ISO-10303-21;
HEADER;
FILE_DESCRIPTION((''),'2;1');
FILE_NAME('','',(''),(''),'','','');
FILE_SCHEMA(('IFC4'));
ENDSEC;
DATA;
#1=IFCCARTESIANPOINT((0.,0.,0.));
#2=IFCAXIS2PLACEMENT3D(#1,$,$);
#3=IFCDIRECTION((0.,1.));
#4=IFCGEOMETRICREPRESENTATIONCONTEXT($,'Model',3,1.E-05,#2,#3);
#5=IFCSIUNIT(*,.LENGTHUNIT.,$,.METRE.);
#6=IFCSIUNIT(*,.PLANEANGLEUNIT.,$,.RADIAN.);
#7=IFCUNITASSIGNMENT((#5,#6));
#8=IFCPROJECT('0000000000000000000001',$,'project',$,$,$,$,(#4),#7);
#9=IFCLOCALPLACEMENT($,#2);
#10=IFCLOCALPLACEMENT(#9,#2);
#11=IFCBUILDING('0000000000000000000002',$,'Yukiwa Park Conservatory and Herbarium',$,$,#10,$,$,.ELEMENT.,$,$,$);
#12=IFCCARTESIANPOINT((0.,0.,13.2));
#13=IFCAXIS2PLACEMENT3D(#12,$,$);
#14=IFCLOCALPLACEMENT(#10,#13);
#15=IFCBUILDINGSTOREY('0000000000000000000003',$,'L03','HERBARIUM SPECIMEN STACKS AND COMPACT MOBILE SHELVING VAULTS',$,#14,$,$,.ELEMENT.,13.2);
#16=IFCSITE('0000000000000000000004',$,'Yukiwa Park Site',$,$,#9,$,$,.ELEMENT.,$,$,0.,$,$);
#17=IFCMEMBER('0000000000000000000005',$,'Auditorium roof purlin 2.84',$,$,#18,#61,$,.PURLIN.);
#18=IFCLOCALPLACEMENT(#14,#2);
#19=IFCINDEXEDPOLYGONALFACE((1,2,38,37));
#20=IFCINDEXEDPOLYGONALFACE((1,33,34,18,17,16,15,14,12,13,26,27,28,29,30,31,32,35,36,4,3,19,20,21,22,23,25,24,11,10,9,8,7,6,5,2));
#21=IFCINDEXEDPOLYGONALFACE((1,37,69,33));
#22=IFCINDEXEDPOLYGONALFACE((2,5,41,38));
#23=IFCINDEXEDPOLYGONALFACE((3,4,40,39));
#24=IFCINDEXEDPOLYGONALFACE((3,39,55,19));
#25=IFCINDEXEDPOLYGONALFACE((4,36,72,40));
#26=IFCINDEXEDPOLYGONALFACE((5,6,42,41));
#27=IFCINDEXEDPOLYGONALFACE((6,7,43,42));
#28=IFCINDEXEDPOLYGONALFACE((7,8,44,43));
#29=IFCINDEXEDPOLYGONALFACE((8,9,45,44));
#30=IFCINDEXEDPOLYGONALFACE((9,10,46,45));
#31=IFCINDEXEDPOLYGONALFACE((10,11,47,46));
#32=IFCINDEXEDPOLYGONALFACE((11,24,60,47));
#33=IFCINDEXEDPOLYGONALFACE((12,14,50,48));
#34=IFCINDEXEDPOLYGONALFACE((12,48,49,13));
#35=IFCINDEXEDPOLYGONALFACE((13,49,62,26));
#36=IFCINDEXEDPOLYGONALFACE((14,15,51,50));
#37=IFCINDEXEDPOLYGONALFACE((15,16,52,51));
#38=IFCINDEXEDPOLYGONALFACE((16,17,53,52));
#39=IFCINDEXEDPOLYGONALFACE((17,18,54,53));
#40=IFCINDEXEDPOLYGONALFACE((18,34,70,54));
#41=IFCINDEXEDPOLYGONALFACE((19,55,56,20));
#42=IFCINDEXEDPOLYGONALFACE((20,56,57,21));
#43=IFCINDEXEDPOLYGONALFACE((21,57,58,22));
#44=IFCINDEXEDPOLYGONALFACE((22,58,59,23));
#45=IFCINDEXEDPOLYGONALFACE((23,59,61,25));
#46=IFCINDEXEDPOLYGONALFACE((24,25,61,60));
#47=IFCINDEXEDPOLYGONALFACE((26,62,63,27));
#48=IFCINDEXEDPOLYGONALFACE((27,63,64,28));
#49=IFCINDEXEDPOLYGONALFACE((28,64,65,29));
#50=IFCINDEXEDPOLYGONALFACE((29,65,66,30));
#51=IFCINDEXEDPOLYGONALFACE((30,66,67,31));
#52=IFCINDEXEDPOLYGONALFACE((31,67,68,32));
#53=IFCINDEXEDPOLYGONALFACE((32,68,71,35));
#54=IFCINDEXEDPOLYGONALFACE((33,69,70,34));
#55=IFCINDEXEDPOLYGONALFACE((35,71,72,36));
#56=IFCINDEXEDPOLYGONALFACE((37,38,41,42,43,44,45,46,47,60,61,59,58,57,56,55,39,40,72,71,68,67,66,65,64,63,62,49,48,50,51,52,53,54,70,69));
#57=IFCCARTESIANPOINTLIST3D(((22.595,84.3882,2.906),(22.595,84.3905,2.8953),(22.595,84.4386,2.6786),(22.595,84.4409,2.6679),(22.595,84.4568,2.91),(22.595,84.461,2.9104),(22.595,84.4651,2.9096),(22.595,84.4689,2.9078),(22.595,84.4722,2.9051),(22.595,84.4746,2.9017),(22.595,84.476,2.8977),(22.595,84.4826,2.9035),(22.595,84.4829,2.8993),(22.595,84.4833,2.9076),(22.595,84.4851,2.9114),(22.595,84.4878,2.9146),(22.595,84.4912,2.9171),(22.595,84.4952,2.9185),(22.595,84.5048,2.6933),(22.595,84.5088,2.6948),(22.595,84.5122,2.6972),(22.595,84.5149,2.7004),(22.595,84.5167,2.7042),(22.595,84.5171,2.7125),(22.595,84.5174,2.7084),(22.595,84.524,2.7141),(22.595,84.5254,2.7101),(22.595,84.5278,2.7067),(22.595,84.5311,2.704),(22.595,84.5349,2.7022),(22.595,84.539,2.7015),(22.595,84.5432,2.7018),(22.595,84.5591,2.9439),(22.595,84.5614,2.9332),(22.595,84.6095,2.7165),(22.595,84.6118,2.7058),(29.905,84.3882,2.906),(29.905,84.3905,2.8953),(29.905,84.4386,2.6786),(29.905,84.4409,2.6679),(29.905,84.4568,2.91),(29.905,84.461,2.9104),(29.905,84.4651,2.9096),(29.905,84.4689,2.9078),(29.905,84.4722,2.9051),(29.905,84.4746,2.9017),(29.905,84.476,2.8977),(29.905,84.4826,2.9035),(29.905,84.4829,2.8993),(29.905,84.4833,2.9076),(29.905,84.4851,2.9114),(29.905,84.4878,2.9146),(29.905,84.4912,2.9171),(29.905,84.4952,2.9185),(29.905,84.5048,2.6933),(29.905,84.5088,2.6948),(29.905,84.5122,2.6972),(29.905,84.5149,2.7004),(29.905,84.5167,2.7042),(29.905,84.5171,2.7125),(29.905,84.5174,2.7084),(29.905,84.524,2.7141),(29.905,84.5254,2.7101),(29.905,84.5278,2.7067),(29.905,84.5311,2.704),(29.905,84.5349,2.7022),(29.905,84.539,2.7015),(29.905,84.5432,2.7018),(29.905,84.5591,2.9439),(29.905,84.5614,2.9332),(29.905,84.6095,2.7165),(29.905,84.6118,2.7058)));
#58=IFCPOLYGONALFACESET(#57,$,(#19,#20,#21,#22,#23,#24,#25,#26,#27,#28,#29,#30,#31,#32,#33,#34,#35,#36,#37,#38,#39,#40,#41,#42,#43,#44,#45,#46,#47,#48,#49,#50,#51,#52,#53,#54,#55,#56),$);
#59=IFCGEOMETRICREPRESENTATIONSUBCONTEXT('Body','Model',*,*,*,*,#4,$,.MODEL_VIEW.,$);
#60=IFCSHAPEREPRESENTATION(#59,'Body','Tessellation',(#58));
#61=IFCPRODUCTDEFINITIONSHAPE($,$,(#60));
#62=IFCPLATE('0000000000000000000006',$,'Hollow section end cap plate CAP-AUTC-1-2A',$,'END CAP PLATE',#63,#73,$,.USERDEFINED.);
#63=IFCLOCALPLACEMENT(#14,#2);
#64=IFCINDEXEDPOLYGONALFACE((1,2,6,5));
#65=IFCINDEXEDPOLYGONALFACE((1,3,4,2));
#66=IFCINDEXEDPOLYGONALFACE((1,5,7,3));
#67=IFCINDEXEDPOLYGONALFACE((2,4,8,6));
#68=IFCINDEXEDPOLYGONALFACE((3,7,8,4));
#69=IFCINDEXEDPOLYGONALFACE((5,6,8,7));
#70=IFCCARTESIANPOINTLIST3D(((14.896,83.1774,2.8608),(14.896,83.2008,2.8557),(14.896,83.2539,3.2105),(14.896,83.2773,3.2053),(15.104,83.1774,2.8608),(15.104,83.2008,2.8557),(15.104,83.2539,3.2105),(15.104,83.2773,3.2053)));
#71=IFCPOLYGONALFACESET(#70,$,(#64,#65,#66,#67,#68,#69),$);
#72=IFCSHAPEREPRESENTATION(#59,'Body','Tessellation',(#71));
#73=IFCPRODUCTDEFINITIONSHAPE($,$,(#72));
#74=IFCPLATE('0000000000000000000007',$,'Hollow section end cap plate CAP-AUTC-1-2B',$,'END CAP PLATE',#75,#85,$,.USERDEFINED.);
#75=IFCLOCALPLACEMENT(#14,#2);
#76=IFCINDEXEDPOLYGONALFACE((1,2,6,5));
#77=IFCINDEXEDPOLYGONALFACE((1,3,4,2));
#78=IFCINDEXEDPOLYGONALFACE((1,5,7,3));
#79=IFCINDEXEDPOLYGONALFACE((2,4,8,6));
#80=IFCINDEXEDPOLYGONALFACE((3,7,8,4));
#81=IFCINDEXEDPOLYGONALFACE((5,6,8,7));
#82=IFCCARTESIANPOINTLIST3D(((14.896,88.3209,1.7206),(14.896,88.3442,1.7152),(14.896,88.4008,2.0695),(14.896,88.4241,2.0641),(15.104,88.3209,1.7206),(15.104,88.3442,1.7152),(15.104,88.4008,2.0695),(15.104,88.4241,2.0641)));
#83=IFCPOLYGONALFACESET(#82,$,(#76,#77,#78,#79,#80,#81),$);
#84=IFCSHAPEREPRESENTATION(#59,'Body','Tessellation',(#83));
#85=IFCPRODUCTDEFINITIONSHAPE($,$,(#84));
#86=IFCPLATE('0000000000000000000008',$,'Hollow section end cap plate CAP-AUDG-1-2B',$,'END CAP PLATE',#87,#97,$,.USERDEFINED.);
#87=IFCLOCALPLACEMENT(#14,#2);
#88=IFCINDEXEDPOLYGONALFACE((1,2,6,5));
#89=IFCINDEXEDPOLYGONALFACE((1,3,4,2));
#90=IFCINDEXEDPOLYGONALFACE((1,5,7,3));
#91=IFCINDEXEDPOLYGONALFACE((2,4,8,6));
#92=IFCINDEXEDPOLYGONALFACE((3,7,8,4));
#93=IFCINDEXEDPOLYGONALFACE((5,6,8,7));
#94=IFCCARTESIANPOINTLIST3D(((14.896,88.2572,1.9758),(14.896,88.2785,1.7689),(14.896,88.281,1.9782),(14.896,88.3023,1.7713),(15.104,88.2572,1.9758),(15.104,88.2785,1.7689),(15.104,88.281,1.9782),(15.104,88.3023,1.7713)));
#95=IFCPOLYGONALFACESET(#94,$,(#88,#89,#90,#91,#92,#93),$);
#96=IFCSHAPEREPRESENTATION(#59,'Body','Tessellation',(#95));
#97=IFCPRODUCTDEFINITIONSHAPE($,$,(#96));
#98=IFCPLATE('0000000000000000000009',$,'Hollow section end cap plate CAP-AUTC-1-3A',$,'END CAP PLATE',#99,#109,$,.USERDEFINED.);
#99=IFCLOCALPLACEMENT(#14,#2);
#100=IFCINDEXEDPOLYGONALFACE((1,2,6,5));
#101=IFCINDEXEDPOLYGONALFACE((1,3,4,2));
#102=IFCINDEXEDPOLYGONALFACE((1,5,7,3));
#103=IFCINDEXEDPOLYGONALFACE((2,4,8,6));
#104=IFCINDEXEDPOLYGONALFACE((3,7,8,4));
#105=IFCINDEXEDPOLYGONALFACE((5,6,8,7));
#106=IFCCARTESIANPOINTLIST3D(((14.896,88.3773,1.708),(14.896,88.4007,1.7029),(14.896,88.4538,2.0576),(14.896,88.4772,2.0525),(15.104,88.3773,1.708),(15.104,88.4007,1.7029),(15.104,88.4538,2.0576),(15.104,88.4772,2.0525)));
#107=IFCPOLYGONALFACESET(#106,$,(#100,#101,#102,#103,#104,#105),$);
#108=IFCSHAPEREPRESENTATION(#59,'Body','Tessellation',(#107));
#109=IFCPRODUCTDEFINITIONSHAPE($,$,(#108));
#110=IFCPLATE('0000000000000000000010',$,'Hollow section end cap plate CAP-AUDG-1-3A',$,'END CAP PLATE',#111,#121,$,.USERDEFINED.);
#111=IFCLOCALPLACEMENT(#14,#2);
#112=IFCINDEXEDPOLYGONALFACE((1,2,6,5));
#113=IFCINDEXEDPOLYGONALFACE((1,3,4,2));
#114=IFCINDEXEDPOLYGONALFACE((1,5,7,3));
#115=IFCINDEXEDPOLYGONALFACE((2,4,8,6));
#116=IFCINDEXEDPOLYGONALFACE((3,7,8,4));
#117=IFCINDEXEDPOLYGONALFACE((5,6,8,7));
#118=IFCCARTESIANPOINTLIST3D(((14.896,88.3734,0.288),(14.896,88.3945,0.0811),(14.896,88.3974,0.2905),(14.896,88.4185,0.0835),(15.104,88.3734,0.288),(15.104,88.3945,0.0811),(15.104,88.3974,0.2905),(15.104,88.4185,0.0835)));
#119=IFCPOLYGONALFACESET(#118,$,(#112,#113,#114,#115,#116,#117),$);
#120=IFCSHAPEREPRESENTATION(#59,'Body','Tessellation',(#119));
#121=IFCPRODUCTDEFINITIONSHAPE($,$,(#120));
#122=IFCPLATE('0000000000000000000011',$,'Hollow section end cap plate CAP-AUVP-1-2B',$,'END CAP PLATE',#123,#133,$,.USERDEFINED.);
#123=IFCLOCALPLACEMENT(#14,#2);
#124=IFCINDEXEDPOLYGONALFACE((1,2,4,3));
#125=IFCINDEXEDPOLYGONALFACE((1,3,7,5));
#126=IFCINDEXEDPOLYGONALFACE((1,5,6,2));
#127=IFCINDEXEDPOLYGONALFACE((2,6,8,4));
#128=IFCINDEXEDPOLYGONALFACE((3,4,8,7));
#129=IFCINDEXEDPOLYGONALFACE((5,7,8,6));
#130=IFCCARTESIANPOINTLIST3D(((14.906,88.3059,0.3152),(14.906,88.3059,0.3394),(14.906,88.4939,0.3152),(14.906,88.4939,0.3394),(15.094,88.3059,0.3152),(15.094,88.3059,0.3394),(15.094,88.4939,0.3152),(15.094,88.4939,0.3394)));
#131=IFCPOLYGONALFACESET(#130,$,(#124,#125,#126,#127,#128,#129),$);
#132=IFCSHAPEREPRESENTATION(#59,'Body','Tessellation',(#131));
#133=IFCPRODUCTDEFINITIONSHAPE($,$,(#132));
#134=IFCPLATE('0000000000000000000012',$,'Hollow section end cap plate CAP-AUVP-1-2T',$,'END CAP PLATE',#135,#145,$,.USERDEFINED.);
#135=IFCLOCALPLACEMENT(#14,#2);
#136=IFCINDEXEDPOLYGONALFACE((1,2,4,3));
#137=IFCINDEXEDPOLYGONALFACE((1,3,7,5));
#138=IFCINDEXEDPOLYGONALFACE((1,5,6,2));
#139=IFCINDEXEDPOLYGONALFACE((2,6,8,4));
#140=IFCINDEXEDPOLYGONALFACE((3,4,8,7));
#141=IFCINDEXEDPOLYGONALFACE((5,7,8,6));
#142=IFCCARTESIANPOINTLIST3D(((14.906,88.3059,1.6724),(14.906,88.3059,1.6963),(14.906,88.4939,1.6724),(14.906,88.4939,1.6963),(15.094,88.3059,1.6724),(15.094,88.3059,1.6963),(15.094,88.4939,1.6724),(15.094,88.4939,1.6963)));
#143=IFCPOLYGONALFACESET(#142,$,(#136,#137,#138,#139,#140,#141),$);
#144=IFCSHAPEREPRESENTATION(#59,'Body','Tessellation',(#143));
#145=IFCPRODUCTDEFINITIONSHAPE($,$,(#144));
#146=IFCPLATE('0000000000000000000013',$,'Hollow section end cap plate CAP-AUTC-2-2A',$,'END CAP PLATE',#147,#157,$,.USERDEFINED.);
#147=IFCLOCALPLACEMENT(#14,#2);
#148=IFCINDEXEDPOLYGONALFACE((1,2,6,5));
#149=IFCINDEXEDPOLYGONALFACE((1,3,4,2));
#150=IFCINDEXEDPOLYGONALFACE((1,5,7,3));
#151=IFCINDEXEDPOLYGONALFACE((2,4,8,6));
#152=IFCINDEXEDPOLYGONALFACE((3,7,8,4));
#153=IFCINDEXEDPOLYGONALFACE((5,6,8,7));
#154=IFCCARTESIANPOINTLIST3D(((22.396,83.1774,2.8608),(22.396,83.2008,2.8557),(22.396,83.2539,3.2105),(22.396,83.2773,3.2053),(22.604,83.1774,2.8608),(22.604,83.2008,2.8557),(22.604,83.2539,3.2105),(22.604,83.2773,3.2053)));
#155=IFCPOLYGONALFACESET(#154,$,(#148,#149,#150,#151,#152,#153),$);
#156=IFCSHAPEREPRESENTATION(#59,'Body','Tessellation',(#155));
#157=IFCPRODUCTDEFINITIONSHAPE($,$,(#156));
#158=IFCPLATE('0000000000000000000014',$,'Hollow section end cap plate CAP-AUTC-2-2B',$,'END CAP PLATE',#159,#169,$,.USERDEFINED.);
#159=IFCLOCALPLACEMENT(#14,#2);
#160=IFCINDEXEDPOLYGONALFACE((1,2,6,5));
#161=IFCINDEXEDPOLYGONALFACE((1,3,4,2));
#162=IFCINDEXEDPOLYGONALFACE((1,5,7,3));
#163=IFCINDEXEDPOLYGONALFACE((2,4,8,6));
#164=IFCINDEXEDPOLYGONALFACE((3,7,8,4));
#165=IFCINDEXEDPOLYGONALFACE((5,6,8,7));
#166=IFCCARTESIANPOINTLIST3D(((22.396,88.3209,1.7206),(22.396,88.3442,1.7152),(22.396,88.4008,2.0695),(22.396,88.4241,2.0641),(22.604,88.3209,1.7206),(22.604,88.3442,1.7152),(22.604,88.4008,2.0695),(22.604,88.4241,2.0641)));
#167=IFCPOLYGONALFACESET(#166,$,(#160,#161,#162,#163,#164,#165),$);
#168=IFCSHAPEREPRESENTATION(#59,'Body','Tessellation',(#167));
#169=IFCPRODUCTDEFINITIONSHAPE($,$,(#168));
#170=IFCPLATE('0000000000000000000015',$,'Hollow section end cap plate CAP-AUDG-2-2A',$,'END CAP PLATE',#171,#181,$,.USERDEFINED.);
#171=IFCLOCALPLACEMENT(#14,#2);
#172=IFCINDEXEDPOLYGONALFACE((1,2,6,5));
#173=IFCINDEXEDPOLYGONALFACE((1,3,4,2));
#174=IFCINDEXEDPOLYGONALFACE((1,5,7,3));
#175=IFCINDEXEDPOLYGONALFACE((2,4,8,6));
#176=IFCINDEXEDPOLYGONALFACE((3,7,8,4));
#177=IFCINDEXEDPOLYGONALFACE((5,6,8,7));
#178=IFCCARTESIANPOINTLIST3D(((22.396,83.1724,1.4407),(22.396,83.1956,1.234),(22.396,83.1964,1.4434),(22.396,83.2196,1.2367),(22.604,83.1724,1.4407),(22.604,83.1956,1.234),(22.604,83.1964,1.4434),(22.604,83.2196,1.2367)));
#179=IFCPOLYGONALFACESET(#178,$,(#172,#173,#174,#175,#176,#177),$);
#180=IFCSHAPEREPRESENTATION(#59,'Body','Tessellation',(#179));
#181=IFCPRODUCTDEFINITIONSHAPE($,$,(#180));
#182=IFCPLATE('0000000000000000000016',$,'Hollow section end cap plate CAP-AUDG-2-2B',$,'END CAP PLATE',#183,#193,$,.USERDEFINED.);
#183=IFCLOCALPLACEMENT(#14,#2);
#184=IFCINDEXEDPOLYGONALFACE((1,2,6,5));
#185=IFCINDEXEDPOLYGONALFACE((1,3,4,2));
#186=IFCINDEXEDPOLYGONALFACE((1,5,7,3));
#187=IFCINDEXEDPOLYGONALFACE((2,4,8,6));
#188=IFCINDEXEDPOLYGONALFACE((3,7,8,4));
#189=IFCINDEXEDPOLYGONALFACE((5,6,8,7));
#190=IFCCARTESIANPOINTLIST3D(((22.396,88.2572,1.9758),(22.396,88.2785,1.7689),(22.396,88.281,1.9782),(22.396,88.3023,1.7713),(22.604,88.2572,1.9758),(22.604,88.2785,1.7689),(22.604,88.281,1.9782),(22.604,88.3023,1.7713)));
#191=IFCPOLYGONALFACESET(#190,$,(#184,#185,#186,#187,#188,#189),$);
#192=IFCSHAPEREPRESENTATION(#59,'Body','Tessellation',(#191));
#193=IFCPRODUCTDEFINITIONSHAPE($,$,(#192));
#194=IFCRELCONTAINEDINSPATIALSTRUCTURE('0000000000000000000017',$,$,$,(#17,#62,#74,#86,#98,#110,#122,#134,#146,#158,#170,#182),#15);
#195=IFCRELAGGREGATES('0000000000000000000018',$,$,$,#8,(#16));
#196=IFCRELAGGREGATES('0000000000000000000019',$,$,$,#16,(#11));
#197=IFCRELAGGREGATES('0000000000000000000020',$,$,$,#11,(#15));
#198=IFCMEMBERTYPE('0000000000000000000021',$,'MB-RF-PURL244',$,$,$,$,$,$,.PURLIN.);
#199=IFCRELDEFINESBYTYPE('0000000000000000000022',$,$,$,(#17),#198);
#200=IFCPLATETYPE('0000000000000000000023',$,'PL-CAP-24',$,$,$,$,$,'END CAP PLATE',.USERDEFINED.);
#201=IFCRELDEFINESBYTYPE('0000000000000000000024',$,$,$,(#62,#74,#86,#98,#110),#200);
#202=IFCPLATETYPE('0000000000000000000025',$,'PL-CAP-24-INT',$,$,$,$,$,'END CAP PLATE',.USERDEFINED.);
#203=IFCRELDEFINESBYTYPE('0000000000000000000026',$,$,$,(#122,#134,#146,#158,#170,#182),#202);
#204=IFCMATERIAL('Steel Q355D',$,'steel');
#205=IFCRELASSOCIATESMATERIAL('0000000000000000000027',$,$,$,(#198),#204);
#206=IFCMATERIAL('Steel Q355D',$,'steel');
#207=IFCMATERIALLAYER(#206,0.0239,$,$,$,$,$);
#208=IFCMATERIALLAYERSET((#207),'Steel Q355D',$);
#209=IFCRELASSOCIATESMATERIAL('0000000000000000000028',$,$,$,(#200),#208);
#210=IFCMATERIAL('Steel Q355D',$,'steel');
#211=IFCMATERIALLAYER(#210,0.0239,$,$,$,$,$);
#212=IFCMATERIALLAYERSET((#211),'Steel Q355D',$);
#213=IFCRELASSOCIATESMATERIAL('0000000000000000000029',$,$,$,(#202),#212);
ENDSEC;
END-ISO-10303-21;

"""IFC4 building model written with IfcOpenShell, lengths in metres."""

from ifc_helpers import new_model, si_unit, direction, frame, origin, origin_2d, place, context, subcontext, project, spatial, rectangle, i_section, extrude, material, layer, layer_set, material_profile, profile_set, type_object, element, save


model = new_model("IFC4")

# Units and contexts
model_context = context("Model", 3, precision=1e-05, world=origin(), true_north=direction((0.0, 1.0)))
body_context = subcontext(model_context, "Body", "Model", "MODEL_VIEW")
ifc_project = project(units=[si_unit("LENGTHUNIT", "METRE"), si_unit("PLANEANGLEUNIT", "RADIAN")], contexts=[model_context])

# Site, building, storey
site_placement = place(None, origin())
site = spatial("IfcSite", under=ifc_project, at=site_placement, Name="Yukiwa Park Site", CompositionType="ELEMENT", RefElevation=0.0)
building_placement = place(site_placement, origin())
building = spatial("IfcBuilding", under=site, at=building_placement, Name="Yukiwa Park Conservatory and Herbarium", CompositionType="ELEMENT")
storey_placement = place(building_placement, frame((0.0, 0.0, 13.2)))
storey = spatial("IfcBuildingStorey", under=building, at=storey_placement, Name="L03", Description="HERBARIUM SPECIMEN STACKS AND COMPACT MOBILE SHELVING VAULTS", CompositionType="ELEMENT", Elevation=13.2)

# Member
ifc_material_1 = material(Name="Steel Q355D", Category="steel")
ifc_material_profile_1 = material_profile(ifc_material_1, i_section(OverallWidth=0.175, OverallDepth=0.2439, WebThickness=0.0071, FlangeThickness=0.011, FilletRadius=0.0161, at=origin_2d()), Name="HM 244x175x7x11")
ifc_profile_set_1 = profile_set([ifc_material_profile_1], Name="Steel Q355D")
member_type_1 = type_object("IfcMemberType", Name="MB-RF-PURL244", PredefinedType="PURLIN", material=ifc_profile_set_1)
for number, where, z_axis, x_axis, name in (
    (1, (22.595, 84.5, 2.8059), (1.0, 0.0, 0.0), (0.0, 0.976296, 0.21644), "Auditorium roof purlin 2.84"),
):
    element("IfcMember", number, at=place(storey_placement, frame(where, z_axis=z_axis, x_axis=x_axis)), inside=storey, type_object=member_type_1, Name=name, PredefinedType="PURLIN", context=body_context, shape_type="SweptSolid", body=[
        extrude(i_section(OverallWidth=0.175, OverallDepth=0.2439, WebThickness=0.0071, FlangeThickness=0.011, FilletRadius=0.0161, at=origin_2d()), origin(), (0.0, 0.0, 1.0), 7.3101),
    ])

# Plates
ifc_material_2 = material(Name="Steel Q355D", Category="steel")
ifc_layer_1 = layer(ifc_material_2, 0.0239)
ifc_layer_set_1 = layer_set([ifc_layer_1], Name="Steel Q355D")
plate_type_1 = type_object("IfcPlateType", Name="PL-CAP-24", ElementType="END CAP PLATE", PredefinedType="USERDEFINED", material=ifc_layer_set_1)
for number, where, z_axis, x_axis, name in (
    (2, (15.0, 83.239, 3.0305), (0.0, -0.9769, 0.213697), (1.0, 0.0, 0.0), "Hollow section end cap plate CAP-AUTC-1-2A"),
    (3, (15.0, 88.3608, 1.895), (0.0, 0.974732, -0.223376), (-1.0, 0.0, 0.0), "Hollow section end cap plate CAP-AUTC-1-2B"),
):
    element("IfcPlate", number, at=place(storey_placement, frame(where, z_axis=z_axis, x_axis=x_axis)), inside=storey, type_object=plate_type_1, Name=name, ObjectType="END CAP PLATE", PredefinedType="USERDEFINED", context=body_context, shape_type="SweptSolid", body=[
        extrude(rectangle(XDim=0.208, YDim=0.3579, at=origin_2d()), origin(), (0.0, 0.0, 1.0), 0.0239),
    ])
plate_1_placement = place(storey_placement, frame((15.0, 88.2678, 1.8723), z_axis=(0.0, 0.994728, 0.102549), x_axis=(-1.0, 0.0, 0.0)))
element("IfcPlate", 4, at=plate_1_placement, inside=storey, type_object=plate_type_1, Name="Hollow section end cap plate CAP-AUDG-1-2B", ObjectType="END CAP PLATE", PredefinedType="USERDEFINED", context=body_context, shape_type="SweptSolid", body=[
    extrude(rectangle(XDim=0.208, YDim=0.208, at=origin_2d()), origin(), (0.0, 0.0, 1.0), 0.0239),
])
plate_2_placement = place(storey_placement, frame((15.0, 88.439, 1.8777), z_axis=(0.0, -0.9769, 0.213697), x_axis=(1.0, 0.0, 0.0)))
element("IfcPlate", 5, at=plate_2_placement, inside=storey, type_object=plate_type_1, Name="Hollow section end cap plate CAP-AUTC-1-3A", ObjectType="END CAP PLATE", PredefinedType="USERDEFINED", context=body_context, shape_type="SweptSolid", body=[
    extrude(rectangle(XDim=0.208, YDim=0.3579, at=origin_2d()), origin(), (0.0, 0.0, 1.0), 0.0239),
])
plate_3_placement = place(storey_placement, frame((15.0, 88.408, 0.187), z_axis=(0.0, -0.994834, -0.101514), x_axis=(1.0, 0.0, 0.0)))
element("IfcPlate", 6, at=plate_3_placement, inside=storey, type_object=plate_type_1, Name="Hollow section end cap plate CAP-AUDG-1-3A", ObjectType="END CAP PLATE", PredefinedType="USERDEFINED", context=body_context, shape_type="SweptSolid", body=[
    extrude(rectangle(XDim=0.208, YDim=0.208, at=origin_2d()), origin(), (0.0, 0.0, 1.0), 0.0242),
])
ifc_material_3 = material(Name="Steel Q355D", Category="steel")
ifc_layer_2 = layer(ifc_material_3, 0.0239)
ifc_layer_set_2 = layer_set([ifc_layer_2], Name="Steel Q355D")
plate_type_2 = type_object("IfcPlateType", Name="PL-CAP-24-INT", ElementType="END CAP PLATE", PredefinedType="USERDEFINED", material=ifc_layer_set_2)
plate_4_placement = place(storey_placement, frame((15.0, 88.3999, 0.3394), z_axis=(0.0, 0.0, -1.0), x_axis=(1.0, 0.0, 0.0)))
element("IfcPlate", 7, at=plate_4_placement, inside=storey, type_object=plate_type_2, Name="Hollow section end cap plate CAP-AUVP-1-2B", ObjectType="END CAP PLATE", PredefinedType="USERDEFINED", context=body_context, shape_type="SweptSolid", body=[
    extrude(rectangle(XDim=0.188, YDim=0.188, at=origin_2d()), origin(), (0.0, 0.0, 1.0), 0.0242),
])
plate_5_placement = place(storey_placement, frame((15.0, 88.3999, 1.6724), z_axis=(0.0, 0.0, 1.0), x_axis=(1.0, 0.0, 0.0)))
element("IfcPlate", 8, at=plate_5_placement, inside=storey, type_object=plate_type_2, Name="Hollow section end cap plate CAP-AUVP-1-2T", ObjectType="END CAP PLATE", PredefinedType="USERDEFINED", context=body_context, shape_type="SweptSolid", body=[
    extrude(rectangle(XDim=0.188, YDim=0.188, at=origin_2d()), origin(), (0.0, 0.0, 1.0), 0.0239),
])
for number, where, z_axis, x_axis, name in (
    (9, (22.5, 83.239, 3.0305), (0.0, -0.9769, 0.213697), (1.0, 0.0, 0.0), "Hollow section end cap plate CAP-AUTC-2-2A"),
    (10, (22.5, 88.3608, 1.895), (0.0, 0.974732, -0.223376), (-1.0, 0.0, 0.0), "Hollow section end cap plate CAP-AUTC-2-2B"),
):
    element("IfcPlate", number, at=place(storey_placement, frame(where, z_axis=z_axis, x_axis=x_axis)), inside=storey, type_object=plate_type_2, Name=name, ObjectType="END CAP PLATE", PredefinedType="USERDEFINED", context=body_context, shape_type="SweptSolid", body=[
        extrude(rectangle(XDim=0.208, YDim=0.3579, at=origin_2d()), origin(), (0.0, 0.0, 1.0), 0.0239),
    ])
plate_6_placement = place(storey_placement, frame((22.5, 83.208, 1.3401), z_axis=(0.0, -0.993759, -0.111544), x_axis=(1.0, 0.0, 0.0)))
element("IfcPlate", 11, at=plate_6_placement, inside=storey, type_object=plate_type_2, Name="Hollow section end cap plate CAP-AUDG-2-2A", ObjectType="END CAP PLATE", PredefinedType="USERDEFINED", context=body_context, shape_type="SweptSolid", body=[
    extrude(rectangle(XDim=0.208, YDim=0.208, at=origin_2d()), origin(), (0.0, 0.0, 1.0), 0.0242),
])
plate_7_placement = place(storey_placement, frame((22.5, 88.2678, 1.8723), z_axis=(0.0, 0.994728, 0.102549), x_axis=(-1.0, 0.0, 0.0)))
element("IfcPlate", 12, at=plate_7_placement, inside=storey, type_object=plate_type_2, Name="Hollow section end cap plate CAP-AUDG-2-2B", ObjectType="END CAP PLATE", PredefinedType="USERDEFINED", context=body_context, shape_type="SweptSolid", body=[
    extrude(rectangle(XDim=0.208, YDim=0.208, at=origin_2d()), origin(), (0.0, 0.0, 1.0), 0.0239),
])

save(model, "model.ifc")
